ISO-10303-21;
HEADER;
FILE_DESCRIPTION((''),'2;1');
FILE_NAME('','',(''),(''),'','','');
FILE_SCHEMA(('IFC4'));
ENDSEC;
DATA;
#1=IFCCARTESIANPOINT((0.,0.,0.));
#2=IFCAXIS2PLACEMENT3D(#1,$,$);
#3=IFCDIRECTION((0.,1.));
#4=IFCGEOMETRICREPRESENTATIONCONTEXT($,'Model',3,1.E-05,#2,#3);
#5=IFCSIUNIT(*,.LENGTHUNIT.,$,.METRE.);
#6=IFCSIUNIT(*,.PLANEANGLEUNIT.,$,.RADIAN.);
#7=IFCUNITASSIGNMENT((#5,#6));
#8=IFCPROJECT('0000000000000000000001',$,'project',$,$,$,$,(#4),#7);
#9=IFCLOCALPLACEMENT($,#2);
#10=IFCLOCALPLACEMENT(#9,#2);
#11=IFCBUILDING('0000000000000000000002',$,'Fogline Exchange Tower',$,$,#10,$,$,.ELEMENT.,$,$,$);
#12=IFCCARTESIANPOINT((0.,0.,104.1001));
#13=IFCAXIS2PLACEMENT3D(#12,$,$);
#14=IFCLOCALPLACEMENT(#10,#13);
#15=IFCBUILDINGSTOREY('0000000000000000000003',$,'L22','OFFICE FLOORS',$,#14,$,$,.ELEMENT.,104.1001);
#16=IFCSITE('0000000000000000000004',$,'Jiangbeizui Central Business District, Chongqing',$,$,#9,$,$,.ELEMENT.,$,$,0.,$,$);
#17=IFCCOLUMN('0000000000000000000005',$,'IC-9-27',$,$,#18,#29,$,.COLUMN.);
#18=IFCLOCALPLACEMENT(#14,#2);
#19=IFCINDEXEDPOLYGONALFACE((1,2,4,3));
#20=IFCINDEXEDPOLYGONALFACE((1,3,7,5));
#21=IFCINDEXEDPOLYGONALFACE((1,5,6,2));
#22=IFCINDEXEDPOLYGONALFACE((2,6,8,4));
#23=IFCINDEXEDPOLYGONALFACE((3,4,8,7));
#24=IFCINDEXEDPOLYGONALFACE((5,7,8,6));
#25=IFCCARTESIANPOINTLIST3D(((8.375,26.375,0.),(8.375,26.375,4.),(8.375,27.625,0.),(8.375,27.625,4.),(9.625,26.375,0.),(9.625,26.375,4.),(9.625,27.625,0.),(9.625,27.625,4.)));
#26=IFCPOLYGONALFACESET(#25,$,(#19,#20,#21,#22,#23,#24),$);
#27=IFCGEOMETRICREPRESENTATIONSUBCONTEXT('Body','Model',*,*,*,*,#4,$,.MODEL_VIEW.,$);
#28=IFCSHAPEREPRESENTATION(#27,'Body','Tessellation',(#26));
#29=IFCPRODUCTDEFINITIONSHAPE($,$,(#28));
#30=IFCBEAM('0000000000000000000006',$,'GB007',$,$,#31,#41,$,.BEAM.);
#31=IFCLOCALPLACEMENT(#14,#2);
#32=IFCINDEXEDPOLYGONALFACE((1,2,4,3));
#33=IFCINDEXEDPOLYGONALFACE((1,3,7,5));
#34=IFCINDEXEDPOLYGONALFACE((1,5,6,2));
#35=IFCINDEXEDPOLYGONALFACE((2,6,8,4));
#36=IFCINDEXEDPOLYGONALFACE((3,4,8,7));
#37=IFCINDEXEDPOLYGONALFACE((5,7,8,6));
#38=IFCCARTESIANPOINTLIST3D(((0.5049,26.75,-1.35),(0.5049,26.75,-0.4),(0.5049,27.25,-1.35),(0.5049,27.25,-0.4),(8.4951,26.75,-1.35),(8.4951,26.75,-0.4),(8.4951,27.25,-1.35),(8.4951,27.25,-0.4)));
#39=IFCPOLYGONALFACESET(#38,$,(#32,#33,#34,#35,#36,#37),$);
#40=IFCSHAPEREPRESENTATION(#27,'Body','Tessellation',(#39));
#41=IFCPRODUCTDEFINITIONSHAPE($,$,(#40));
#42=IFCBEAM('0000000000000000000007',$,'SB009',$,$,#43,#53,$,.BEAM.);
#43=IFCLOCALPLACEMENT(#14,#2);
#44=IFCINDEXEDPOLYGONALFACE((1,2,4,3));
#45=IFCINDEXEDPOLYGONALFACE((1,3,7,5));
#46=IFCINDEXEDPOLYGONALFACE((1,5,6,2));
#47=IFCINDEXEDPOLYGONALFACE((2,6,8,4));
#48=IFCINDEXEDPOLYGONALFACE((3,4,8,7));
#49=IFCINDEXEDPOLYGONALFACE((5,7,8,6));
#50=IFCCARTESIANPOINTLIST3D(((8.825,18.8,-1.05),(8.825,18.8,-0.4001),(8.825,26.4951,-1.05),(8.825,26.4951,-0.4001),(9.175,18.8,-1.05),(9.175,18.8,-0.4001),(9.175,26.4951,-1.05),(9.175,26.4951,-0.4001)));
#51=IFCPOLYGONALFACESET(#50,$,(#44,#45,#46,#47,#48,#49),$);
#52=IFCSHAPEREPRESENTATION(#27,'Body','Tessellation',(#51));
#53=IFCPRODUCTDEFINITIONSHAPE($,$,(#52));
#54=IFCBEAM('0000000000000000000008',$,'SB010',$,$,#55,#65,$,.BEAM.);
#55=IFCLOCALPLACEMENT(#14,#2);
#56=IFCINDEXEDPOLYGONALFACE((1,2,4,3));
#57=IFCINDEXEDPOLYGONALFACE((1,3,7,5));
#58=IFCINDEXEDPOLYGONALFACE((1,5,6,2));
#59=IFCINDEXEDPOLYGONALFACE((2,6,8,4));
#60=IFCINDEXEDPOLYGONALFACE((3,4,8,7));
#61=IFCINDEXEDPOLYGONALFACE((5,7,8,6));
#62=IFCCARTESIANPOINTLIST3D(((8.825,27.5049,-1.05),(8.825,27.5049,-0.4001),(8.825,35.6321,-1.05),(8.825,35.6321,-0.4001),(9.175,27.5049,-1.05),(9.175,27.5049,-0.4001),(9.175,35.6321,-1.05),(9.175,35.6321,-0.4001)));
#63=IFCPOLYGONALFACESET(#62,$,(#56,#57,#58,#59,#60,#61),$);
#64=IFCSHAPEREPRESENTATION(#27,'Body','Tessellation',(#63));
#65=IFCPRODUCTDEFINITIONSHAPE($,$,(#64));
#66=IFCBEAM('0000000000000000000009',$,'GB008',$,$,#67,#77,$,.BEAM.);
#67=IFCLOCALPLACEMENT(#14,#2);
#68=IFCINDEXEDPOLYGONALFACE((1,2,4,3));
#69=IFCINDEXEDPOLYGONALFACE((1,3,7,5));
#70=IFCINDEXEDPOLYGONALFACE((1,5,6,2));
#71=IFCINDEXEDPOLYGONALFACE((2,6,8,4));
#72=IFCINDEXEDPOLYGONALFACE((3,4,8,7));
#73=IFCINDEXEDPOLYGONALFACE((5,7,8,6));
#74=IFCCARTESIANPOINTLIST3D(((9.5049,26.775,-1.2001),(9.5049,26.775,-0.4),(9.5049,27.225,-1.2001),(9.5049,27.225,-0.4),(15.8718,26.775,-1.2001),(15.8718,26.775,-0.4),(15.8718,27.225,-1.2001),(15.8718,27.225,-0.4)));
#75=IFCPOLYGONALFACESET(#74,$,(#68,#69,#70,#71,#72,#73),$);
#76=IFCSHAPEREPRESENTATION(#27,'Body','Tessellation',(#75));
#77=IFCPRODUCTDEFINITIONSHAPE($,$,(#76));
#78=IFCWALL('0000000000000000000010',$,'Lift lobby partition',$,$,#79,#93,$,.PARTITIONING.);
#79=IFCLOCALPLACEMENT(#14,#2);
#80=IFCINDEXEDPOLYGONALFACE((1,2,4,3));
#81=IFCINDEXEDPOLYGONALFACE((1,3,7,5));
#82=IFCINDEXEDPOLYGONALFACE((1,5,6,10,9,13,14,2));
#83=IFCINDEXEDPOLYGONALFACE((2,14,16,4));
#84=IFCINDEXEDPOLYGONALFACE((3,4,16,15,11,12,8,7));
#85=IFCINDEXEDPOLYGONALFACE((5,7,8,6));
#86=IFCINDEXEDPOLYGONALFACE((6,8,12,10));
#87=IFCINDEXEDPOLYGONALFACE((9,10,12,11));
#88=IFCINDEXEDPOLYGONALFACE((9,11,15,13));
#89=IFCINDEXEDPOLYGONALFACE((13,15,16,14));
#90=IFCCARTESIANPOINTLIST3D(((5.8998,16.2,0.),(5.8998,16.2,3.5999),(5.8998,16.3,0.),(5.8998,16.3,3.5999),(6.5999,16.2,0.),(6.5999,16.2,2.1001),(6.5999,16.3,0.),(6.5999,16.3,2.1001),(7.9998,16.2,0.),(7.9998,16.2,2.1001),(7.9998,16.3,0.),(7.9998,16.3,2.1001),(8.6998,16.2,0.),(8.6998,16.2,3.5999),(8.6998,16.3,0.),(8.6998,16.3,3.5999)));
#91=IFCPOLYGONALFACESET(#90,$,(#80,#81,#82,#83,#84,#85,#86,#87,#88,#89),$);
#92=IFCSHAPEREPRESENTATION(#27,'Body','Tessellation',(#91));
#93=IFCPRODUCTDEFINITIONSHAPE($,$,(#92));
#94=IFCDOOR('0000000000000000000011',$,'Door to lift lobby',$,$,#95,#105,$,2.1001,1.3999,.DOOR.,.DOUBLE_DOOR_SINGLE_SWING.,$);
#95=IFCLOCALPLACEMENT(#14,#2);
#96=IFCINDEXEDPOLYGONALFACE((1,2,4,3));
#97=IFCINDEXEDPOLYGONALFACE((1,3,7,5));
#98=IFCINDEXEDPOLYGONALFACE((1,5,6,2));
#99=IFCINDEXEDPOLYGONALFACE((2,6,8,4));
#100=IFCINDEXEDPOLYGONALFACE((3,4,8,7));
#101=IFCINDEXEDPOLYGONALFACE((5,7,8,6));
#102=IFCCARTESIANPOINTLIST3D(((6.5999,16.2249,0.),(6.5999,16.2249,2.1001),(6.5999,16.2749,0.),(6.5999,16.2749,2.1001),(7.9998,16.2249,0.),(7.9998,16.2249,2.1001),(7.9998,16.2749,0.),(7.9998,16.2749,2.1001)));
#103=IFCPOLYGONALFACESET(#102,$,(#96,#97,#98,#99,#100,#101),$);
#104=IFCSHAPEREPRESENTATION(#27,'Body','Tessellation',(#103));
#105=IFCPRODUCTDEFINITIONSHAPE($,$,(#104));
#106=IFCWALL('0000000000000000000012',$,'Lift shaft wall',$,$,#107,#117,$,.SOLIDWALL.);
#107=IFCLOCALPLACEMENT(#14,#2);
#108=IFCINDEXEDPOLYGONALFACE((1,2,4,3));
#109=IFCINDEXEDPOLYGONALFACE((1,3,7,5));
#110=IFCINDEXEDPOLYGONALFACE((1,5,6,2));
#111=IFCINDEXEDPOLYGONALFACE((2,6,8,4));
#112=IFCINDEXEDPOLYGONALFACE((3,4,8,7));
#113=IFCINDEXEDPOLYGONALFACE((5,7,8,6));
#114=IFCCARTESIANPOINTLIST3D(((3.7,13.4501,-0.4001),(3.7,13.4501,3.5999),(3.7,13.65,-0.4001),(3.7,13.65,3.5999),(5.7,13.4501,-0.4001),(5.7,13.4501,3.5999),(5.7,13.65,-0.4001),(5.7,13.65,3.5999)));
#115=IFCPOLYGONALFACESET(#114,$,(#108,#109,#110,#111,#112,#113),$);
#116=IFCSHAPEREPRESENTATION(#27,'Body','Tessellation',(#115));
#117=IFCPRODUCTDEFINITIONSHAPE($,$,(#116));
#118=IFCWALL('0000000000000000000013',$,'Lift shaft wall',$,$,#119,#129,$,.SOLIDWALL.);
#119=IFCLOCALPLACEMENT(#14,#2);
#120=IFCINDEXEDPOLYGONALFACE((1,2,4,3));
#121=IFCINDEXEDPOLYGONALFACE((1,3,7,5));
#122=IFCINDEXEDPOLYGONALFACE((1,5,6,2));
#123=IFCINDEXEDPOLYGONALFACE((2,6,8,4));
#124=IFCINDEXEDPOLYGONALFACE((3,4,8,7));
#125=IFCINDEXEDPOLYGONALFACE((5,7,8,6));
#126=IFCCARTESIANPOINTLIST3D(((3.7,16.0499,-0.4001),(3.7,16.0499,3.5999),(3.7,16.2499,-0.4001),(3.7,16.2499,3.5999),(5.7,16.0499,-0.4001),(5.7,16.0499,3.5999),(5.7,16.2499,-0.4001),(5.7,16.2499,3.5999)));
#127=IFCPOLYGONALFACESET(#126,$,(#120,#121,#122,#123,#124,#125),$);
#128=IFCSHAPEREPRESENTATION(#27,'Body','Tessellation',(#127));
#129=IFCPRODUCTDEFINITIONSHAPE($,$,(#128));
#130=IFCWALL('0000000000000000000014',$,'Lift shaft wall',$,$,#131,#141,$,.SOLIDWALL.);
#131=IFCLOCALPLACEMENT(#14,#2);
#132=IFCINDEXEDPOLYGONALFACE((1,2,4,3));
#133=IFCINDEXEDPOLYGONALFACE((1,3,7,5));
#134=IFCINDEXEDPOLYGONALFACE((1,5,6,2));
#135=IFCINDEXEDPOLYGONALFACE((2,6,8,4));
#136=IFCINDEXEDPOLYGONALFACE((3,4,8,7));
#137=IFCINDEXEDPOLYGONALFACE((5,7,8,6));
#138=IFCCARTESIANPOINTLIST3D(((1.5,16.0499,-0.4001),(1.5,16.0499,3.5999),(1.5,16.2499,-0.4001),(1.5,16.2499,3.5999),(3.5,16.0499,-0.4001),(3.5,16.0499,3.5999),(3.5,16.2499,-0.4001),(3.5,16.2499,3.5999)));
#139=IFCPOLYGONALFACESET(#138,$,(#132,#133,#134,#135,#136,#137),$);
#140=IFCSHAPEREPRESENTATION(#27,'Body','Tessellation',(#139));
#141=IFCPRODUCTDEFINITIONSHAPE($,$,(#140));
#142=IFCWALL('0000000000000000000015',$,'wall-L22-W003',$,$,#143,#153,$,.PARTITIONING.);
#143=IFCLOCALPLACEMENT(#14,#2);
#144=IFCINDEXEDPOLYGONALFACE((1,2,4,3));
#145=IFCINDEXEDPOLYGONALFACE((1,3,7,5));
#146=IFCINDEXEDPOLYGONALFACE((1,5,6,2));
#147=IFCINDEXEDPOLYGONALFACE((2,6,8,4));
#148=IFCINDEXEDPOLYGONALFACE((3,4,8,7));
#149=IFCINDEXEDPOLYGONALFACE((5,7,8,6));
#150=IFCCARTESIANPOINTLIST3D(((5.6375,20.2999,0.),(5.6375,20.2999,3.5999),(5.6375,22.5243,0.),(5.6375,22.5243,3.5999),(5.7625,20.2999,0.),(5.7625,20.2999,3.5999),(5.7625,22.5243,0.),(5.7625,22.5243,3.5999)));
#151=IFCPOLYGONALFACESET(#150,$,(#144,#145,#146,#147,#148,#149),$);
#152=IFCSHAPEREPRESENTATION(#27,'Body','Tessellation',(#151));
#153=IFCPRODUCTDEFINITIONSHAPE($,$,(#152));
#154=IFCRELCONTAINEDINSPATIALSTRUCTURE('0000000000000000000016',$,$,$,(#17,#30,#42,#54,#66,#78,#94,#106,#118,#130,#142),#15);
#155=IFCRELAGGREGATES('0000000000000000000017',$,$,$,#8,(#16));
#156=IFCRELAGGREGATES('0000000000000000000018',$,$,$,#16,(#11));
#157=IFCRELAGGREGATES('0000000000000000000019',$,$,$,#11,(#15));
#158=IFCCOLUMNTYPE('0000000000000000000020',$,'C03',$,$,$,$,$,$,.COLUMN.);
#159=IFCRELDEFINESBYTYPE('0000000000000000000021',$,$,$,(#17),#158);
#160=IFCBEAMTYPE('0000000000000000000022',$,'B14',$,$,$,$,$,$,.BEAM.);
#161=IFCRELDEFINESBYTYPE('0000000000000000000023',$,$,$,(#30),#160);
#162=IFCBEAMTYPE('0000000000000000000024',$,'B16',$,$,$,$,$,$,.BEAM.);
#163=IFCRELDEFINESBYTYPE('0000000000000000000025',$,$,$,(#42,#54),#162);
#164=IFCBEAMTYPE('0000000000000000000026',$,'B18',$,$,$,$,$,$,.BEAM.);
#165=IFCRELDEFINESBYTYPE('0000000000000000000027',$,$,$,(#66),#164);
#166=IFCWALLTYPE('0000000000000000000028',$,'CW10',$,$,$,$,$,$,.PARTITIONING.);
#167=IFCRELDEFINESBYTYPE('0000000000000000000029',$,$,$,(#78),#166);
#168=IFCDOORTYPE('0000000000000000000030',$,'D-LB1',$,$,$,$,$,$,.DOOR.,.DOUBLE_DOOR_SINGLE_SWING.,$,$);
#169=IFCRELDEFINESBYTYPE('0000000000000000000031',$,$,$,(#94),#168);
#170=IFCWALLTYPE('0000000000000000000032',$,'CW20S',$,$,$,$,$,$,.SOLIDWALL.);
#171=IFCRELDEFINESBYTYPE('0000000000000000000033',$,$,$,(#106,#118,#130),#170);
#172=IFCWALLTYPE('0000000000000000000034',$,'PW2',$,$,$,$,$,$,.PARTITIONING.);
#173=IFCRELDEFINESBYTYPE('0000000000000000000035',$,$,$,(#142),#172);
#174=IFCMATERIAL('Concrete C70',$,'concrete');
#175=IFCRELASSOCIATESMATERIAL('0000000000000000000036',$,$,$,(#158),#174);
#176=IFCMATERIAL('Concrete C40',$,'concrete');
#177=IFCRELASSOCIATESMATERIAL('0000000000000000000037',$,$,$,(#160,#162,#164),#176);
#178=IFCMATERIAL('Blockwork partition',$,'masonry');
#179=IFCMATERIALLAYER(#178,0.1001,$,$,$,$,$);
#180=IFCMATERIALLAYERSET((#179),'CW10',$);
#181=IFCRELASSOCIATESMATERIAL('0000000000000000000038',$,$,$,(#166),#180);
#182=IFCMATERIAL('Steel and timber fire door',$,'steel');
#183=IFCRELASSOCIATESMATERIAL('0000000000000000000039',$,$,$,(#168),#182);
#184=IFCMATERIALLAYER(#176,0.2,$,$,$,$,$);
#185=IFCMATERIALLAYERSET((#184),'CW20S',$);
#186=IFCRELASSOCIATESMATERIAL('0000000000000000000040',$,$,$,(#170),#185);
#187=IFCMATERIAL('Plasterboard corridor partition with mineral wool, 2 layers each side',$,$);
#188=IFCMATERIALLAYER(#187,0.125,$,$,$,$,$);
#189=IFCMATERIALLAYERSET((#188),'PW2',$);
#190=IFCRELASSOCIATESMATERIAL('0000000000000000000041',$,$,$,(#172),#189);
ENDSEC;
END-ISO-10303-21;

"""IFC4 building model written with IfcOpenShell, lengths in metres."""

from ifc_helpers import new_model, si_unit, direction, frame, frame_2d, origin, origin_2d, place, context, subcontext, project, spatial, rectangle, extrude, material, layer, layer_set, material_profile, profile_set, type_object, element, fill, save


model = new_model("IFC4")

# Units and contexts
model_context = context("Model", 3, precision=1e-05, world=origin(), true_north=direction((0.0, 1.0)))
body_context = subcontext(model_context, "Body", "Model", "MODEL_VIEW")
ifc_project = project(units=[si_unit("LENGTHUNIT", "METRE"), si_unit("PLANEANGLEUNIT", "RADIAN")], contexts=[model_context])

# Site, building, storey
site_placement = place(None, origin())
site = spatial("IfcSite", under=ifc_project, at=site_placement, Name="Jiangbeizui Central Business District, Chongqing", CompositionType="ELEMENT", RefElevation=0.0)
building_placement = place(site_placement, origin())
building = spatial("IfcBuilding", under=site, at=building_placement, Name="Fogline Exchange Tower", CompositionType="ELEMENT")
storey_placement = place(building_placement, frame((0.0, 0.0, 104.1001)))
storey = spatial("IfcBuildingStorey", under=building, at=storey_placement, Name="L22", Description="OFFICE FLOORS", CompositionType="ELEMENT", Elevation=104.1001)

# Column
ifc_material_1 = material(Name="Concrete C70", Category="concrete")
ifc_material_profile_1 = material_profile(ifc_material_1, rectangle(XDim=1.25, YDim=1.25, at=origin_2d()), Name="RC 1250x1250")
ifc_profile_set_1 = profile_set([ifc_material_profile_1], Name="Concrete C70")
column_type = type_object("IfcColumnType", Name="C03", PredefinedType="COLUMN", material=ifc_profile_set_1)
column_placement = place(storey_placement, frame((9.0, 27.0, 0.0), z_axis=(0.0, 0.0, 1.0), x_axis=(1.0, 0.0, 0.0)))
element("IfcColumn", 1, at=column_placement, inside=storey, type_object=column_type, Name="IC-9-27", PredefinedType="COLUMN", context=body_context, shape_type="SweptSolid", body=[
    extrude(rectangle(XDim=1.25, YDim=1.25, at=origin_2d()), origin(), (0.0, 0.0, 1.0), 4.0),
])

# Beams
ifc_material_2 = material(Name="Concrete C40", Category="concrete")
ifc_material_profile_2 = material_profile(ifc_material_2, rectangle(XDim=0.5, YDim=0.95, at=origin_2d()), Name="RC 500x950")
ifc_profile_set_2 = profile_set([ifc_material_profile_2], Name="Concrete C40")
beam_type_1 = type_object("IfcBeamType", Name="B14", PredefinedType="BEAM", material=ifc_profile_set_2)
beam_1_placement = place(storey_placement, frame((0.5049, 27.0, -0.875), z_axis=(1.0, 0.0, 0.0), x_axis=(0.0, 1.0, 0.0)))
element("IfcBeam", 2, at=beam_1_placement, inside=storey, type_object=beam_type_1, Name="GB007", PredefinedType="BEAM", context=body_context, shape_type="SweptSolid", body=[
    extrude(rectangle(XDim=0.5, YDim=0.95, at=origin_2d()), origin(), (0.0, 0.0, 1.0), 7.9902),
])
ifc_material_profile_3 = material_profile(ifc_material_2, rectangle(XDim=0.3501, YDim=0.6499, at=origin_2d()), Name="RC 350x650")
ifc_profile_set_3 = profile_set([ifc_material_profile_3], Name="Concrete C40")
beam_type_2 = type_object("IfcBeamType", Name="B16", PredefinedType="BEAM", material=ifc_profile_set_3)
beam_2_placement = place(storey_placement, frame((9.0, 18.8, -0.7251), z_axis=(0.0, 1.0, 0.0), x_axis=(-1.0, 0.0, 0.0)))
element("IfcBeam", 3, at=beam_2_placement, inside=storey, type_object=beam_type_2, Name="SB009", PredefinedType="BEAM", context=body_context, shape_type="SweptSolid", body=[
    extrude(rectangle(XDim=0.3501, YDim=0.6499, at=origin_2d()), origin(), (0.0, 0.0, 1.0), 7.6951),
])
beam_3_placement = place(storey_placement, frame((9.0, 27.5049, -0.7251), z_axis=(0.0, 1.0, 0.0), x_axis=(-1.0, 0.0, 0.0)))
element("IfcBeam", 4, at=beam_3_placement, inside=storey, type_object=beam_type_2, Name="SB010", PredefinedType="BEAM", context=body_context, shape_type="SweptSolid", body=[
    extrude(rectangle(XDim=0.3501, YDim=0.6499, at=origin_2d()), origin(), (0.0, 0.0, 1.0), 8.1272),
])
ifc_material_profile_4 = material_profile(ifc_material_2, rectangle(XDim=0.45, YDim=0.8, at=origin_2d()), Name="RC 450x800")
ifc_profile_set_4 = profile_set([ifc_material_profile_4], Name="Concrete C40")
beam_type_3 = type_object("IfcBeamType", Name="B18", PredefinedType="BEAM", material=ifc_profile_set_4)
beam_4_placement = place(storey_placement, frame((9.5049, 27.0, -0.8), z_axis=(1.0, 0.0, 0.0), x_axis=(0.0, 1.0, 0.0)))
element("IfcBeam", 5, at=beam_4_placement, inside=storey, type_object=beam_type_3, Name="GB008", PredefinedType="BEAM", context=body_context, shape_type="SweptSolid", body=[
    extrude(rectangle(XDim=0.45, YDim=0.8, at=origin_2d()), origin(), (0.0, 0.0, 1.0), 6.3669),
])

# Wall, opening, door
ifc_material_3 = material(Name="Blockwork partition", Category="masonry")
ifc_layer_1 = layer(ifc_material_3, 0.1001)
ifc_layer_set_1 = layer_set([ifc_layer_1], Name="CW10")
wall_type_1 = type_object("IfcWallType", Name="CW10", PredefinedType="PARTITIONING", material=ifc_layer_set_1)
wall_1_placement = place(storey_placement, frame((5.8999, 16.25, 0.0), z_axis=(0.0, 0.0, 1.0), x_axis=(1.0, 0.0, 0.0)))
wall_1 = element("IfcWall", 6, at=wall_1_placement, inside=storey, type_object=wall_type_1, Name="Lift lobby partition", PredefinedType="PARTITIONING", context=body_context, shape_type="SweptSolid", body=[
    extrude(rectangle(XDim=2.8, YDim=0.1001, at=frame_2d((1.3999, 0.0))), origin(), (0.0, 0.0, 1.0), 3.5999),
])
opening_1_placement = place(wall_1_placement, frame((0.7, 0.0, 0.0)))
opening_1 = element("IfcOpeningElement", 7, at=opening_1_placement, cuts=wall_1, PredefinedType="OPENING", context=body_context, shape_type="SweptSolid", body=[
    extrude(rectangle(XDim=1.3999, YDim=2.1001, at=frame_2d((0.7, 1.05))), frame((0.0, 0.0601, 0.0), z_axis=(0.0, -1.0, 0.0), x_axis=(1.0, 0.0, 0.0)), (0.0, 0.0, 1.0), 0.1201),
])
ifc_material_4 = material(Name="Steel and timber fire door", Category="steel")
door_type_1 = type_object("IfcDoorType", Name="D-LB1", OperationType="DOUBLE_DOOR_SINGLE_SWING", PredefinedType="DOOR", material=ifc_material_4)
door_1_placement = place(opening_1_placement, origin())
door_1 = element("IfcDoor", 8, at=door_1_placement, inside=storey, type_object=door_type_1, Name="Door to lift lobby", OperationType="DOUBLE_DOOR_SINGLE_SWING", OverallHeight=2.1001, OverallWidth=1.3999, PredefinedType="DOOR", context=body_context, shape_type="SweptSolid", body=[
    extrude(rectangle(XDim=1.3999, YDim=2.1001, at=frame_2d((0.7, 1.05))), frame((0.0, 0.0249, 0.0), z_axis=(0.0, -1.0, 0.0), x_axis=(1.0, 0.0, 0.0)), (0.0, 0.0, 1.0), 0.05),
])
fill(opening_1, door_1)

# Walls
ifc_layer_2 = layer(ifc_material_2, 0.2)
ifc_layer_set_2 = layer_set([ifc_layer_2], Name="CW20S")
wall_type_2 = type_object("IfcWallType", Name="CW20S", PredefinedType="SOLIDWALL", material=ifc_layer_set_2)
for number, where, z_axis, x_axis, name in (
    (9, (3.7, 13.55, -0.4001), (0.0, 0.0, 1.0), (1.0, 0.0, 0.0), "Lift shaft wall"),
    (10, (3.7, 16.1499, -0.4001), (0.0, 0.0, 1.0), (1.0, 0.0, 0.0), "Lift shaft wall"),
    (11, (1.5, 16.1499, -0.4001), (0.0, 0.0, 1.0), (1.0, 0.0, 0.0), "Lift shaft wall"),
):
    element("IfcWall", number, at=place(storey_placement, frame(where, z_axis=z_axis, x_axis=x_axis)), inside=storey, type_object=wall_type_2, Name=name, PredefinedType="SOLIDWALL", context=body_context, shape_type="SweptSolid", body=[
        extrude(rectangle(XDim=2.0, YDim=0.2, at=frame_2d((1.0, 0.0))), origin(), (0.0, 0.0, 1.0), 4.0),
    ])
ifc_material_5 = material(Name="Plasterboard corridor partition with mineral wool, 2 layers each side")
ifc_layer_3 = layer(ifc_material_5, 0.125)
ifc_layer_set_3 = layer_set([ifc_layer_3], Name="PW2")
wall_type_3 = type_object("IfcWallType", Name="PW2", PredefinedType="PARTITIONING", material=ifc_layer_set_3)
wall_2_placement = place(storey_placement, frame((5.7, 22.5244, 0.0), z_axis=(0.0, 0.0, 1.0), x_axis=(0.0, -1.0, 0.0)))
element("IfcWall", 12, at=wall_2_placement, inside=storey, type_object=wall_type_3, Name="wall-L22-W003", PredefinedType="PARTITIONING", context=body_context, shape_type="SweptSolid", body=[
    extrude(rectangle(XDim=2.2244, YDim=0.125, at=frame_2d((1.1123, 0.0))), origin(), (0.0, 0.0, 1.0), 3.5999),
])

save(model, "model.ifc")
